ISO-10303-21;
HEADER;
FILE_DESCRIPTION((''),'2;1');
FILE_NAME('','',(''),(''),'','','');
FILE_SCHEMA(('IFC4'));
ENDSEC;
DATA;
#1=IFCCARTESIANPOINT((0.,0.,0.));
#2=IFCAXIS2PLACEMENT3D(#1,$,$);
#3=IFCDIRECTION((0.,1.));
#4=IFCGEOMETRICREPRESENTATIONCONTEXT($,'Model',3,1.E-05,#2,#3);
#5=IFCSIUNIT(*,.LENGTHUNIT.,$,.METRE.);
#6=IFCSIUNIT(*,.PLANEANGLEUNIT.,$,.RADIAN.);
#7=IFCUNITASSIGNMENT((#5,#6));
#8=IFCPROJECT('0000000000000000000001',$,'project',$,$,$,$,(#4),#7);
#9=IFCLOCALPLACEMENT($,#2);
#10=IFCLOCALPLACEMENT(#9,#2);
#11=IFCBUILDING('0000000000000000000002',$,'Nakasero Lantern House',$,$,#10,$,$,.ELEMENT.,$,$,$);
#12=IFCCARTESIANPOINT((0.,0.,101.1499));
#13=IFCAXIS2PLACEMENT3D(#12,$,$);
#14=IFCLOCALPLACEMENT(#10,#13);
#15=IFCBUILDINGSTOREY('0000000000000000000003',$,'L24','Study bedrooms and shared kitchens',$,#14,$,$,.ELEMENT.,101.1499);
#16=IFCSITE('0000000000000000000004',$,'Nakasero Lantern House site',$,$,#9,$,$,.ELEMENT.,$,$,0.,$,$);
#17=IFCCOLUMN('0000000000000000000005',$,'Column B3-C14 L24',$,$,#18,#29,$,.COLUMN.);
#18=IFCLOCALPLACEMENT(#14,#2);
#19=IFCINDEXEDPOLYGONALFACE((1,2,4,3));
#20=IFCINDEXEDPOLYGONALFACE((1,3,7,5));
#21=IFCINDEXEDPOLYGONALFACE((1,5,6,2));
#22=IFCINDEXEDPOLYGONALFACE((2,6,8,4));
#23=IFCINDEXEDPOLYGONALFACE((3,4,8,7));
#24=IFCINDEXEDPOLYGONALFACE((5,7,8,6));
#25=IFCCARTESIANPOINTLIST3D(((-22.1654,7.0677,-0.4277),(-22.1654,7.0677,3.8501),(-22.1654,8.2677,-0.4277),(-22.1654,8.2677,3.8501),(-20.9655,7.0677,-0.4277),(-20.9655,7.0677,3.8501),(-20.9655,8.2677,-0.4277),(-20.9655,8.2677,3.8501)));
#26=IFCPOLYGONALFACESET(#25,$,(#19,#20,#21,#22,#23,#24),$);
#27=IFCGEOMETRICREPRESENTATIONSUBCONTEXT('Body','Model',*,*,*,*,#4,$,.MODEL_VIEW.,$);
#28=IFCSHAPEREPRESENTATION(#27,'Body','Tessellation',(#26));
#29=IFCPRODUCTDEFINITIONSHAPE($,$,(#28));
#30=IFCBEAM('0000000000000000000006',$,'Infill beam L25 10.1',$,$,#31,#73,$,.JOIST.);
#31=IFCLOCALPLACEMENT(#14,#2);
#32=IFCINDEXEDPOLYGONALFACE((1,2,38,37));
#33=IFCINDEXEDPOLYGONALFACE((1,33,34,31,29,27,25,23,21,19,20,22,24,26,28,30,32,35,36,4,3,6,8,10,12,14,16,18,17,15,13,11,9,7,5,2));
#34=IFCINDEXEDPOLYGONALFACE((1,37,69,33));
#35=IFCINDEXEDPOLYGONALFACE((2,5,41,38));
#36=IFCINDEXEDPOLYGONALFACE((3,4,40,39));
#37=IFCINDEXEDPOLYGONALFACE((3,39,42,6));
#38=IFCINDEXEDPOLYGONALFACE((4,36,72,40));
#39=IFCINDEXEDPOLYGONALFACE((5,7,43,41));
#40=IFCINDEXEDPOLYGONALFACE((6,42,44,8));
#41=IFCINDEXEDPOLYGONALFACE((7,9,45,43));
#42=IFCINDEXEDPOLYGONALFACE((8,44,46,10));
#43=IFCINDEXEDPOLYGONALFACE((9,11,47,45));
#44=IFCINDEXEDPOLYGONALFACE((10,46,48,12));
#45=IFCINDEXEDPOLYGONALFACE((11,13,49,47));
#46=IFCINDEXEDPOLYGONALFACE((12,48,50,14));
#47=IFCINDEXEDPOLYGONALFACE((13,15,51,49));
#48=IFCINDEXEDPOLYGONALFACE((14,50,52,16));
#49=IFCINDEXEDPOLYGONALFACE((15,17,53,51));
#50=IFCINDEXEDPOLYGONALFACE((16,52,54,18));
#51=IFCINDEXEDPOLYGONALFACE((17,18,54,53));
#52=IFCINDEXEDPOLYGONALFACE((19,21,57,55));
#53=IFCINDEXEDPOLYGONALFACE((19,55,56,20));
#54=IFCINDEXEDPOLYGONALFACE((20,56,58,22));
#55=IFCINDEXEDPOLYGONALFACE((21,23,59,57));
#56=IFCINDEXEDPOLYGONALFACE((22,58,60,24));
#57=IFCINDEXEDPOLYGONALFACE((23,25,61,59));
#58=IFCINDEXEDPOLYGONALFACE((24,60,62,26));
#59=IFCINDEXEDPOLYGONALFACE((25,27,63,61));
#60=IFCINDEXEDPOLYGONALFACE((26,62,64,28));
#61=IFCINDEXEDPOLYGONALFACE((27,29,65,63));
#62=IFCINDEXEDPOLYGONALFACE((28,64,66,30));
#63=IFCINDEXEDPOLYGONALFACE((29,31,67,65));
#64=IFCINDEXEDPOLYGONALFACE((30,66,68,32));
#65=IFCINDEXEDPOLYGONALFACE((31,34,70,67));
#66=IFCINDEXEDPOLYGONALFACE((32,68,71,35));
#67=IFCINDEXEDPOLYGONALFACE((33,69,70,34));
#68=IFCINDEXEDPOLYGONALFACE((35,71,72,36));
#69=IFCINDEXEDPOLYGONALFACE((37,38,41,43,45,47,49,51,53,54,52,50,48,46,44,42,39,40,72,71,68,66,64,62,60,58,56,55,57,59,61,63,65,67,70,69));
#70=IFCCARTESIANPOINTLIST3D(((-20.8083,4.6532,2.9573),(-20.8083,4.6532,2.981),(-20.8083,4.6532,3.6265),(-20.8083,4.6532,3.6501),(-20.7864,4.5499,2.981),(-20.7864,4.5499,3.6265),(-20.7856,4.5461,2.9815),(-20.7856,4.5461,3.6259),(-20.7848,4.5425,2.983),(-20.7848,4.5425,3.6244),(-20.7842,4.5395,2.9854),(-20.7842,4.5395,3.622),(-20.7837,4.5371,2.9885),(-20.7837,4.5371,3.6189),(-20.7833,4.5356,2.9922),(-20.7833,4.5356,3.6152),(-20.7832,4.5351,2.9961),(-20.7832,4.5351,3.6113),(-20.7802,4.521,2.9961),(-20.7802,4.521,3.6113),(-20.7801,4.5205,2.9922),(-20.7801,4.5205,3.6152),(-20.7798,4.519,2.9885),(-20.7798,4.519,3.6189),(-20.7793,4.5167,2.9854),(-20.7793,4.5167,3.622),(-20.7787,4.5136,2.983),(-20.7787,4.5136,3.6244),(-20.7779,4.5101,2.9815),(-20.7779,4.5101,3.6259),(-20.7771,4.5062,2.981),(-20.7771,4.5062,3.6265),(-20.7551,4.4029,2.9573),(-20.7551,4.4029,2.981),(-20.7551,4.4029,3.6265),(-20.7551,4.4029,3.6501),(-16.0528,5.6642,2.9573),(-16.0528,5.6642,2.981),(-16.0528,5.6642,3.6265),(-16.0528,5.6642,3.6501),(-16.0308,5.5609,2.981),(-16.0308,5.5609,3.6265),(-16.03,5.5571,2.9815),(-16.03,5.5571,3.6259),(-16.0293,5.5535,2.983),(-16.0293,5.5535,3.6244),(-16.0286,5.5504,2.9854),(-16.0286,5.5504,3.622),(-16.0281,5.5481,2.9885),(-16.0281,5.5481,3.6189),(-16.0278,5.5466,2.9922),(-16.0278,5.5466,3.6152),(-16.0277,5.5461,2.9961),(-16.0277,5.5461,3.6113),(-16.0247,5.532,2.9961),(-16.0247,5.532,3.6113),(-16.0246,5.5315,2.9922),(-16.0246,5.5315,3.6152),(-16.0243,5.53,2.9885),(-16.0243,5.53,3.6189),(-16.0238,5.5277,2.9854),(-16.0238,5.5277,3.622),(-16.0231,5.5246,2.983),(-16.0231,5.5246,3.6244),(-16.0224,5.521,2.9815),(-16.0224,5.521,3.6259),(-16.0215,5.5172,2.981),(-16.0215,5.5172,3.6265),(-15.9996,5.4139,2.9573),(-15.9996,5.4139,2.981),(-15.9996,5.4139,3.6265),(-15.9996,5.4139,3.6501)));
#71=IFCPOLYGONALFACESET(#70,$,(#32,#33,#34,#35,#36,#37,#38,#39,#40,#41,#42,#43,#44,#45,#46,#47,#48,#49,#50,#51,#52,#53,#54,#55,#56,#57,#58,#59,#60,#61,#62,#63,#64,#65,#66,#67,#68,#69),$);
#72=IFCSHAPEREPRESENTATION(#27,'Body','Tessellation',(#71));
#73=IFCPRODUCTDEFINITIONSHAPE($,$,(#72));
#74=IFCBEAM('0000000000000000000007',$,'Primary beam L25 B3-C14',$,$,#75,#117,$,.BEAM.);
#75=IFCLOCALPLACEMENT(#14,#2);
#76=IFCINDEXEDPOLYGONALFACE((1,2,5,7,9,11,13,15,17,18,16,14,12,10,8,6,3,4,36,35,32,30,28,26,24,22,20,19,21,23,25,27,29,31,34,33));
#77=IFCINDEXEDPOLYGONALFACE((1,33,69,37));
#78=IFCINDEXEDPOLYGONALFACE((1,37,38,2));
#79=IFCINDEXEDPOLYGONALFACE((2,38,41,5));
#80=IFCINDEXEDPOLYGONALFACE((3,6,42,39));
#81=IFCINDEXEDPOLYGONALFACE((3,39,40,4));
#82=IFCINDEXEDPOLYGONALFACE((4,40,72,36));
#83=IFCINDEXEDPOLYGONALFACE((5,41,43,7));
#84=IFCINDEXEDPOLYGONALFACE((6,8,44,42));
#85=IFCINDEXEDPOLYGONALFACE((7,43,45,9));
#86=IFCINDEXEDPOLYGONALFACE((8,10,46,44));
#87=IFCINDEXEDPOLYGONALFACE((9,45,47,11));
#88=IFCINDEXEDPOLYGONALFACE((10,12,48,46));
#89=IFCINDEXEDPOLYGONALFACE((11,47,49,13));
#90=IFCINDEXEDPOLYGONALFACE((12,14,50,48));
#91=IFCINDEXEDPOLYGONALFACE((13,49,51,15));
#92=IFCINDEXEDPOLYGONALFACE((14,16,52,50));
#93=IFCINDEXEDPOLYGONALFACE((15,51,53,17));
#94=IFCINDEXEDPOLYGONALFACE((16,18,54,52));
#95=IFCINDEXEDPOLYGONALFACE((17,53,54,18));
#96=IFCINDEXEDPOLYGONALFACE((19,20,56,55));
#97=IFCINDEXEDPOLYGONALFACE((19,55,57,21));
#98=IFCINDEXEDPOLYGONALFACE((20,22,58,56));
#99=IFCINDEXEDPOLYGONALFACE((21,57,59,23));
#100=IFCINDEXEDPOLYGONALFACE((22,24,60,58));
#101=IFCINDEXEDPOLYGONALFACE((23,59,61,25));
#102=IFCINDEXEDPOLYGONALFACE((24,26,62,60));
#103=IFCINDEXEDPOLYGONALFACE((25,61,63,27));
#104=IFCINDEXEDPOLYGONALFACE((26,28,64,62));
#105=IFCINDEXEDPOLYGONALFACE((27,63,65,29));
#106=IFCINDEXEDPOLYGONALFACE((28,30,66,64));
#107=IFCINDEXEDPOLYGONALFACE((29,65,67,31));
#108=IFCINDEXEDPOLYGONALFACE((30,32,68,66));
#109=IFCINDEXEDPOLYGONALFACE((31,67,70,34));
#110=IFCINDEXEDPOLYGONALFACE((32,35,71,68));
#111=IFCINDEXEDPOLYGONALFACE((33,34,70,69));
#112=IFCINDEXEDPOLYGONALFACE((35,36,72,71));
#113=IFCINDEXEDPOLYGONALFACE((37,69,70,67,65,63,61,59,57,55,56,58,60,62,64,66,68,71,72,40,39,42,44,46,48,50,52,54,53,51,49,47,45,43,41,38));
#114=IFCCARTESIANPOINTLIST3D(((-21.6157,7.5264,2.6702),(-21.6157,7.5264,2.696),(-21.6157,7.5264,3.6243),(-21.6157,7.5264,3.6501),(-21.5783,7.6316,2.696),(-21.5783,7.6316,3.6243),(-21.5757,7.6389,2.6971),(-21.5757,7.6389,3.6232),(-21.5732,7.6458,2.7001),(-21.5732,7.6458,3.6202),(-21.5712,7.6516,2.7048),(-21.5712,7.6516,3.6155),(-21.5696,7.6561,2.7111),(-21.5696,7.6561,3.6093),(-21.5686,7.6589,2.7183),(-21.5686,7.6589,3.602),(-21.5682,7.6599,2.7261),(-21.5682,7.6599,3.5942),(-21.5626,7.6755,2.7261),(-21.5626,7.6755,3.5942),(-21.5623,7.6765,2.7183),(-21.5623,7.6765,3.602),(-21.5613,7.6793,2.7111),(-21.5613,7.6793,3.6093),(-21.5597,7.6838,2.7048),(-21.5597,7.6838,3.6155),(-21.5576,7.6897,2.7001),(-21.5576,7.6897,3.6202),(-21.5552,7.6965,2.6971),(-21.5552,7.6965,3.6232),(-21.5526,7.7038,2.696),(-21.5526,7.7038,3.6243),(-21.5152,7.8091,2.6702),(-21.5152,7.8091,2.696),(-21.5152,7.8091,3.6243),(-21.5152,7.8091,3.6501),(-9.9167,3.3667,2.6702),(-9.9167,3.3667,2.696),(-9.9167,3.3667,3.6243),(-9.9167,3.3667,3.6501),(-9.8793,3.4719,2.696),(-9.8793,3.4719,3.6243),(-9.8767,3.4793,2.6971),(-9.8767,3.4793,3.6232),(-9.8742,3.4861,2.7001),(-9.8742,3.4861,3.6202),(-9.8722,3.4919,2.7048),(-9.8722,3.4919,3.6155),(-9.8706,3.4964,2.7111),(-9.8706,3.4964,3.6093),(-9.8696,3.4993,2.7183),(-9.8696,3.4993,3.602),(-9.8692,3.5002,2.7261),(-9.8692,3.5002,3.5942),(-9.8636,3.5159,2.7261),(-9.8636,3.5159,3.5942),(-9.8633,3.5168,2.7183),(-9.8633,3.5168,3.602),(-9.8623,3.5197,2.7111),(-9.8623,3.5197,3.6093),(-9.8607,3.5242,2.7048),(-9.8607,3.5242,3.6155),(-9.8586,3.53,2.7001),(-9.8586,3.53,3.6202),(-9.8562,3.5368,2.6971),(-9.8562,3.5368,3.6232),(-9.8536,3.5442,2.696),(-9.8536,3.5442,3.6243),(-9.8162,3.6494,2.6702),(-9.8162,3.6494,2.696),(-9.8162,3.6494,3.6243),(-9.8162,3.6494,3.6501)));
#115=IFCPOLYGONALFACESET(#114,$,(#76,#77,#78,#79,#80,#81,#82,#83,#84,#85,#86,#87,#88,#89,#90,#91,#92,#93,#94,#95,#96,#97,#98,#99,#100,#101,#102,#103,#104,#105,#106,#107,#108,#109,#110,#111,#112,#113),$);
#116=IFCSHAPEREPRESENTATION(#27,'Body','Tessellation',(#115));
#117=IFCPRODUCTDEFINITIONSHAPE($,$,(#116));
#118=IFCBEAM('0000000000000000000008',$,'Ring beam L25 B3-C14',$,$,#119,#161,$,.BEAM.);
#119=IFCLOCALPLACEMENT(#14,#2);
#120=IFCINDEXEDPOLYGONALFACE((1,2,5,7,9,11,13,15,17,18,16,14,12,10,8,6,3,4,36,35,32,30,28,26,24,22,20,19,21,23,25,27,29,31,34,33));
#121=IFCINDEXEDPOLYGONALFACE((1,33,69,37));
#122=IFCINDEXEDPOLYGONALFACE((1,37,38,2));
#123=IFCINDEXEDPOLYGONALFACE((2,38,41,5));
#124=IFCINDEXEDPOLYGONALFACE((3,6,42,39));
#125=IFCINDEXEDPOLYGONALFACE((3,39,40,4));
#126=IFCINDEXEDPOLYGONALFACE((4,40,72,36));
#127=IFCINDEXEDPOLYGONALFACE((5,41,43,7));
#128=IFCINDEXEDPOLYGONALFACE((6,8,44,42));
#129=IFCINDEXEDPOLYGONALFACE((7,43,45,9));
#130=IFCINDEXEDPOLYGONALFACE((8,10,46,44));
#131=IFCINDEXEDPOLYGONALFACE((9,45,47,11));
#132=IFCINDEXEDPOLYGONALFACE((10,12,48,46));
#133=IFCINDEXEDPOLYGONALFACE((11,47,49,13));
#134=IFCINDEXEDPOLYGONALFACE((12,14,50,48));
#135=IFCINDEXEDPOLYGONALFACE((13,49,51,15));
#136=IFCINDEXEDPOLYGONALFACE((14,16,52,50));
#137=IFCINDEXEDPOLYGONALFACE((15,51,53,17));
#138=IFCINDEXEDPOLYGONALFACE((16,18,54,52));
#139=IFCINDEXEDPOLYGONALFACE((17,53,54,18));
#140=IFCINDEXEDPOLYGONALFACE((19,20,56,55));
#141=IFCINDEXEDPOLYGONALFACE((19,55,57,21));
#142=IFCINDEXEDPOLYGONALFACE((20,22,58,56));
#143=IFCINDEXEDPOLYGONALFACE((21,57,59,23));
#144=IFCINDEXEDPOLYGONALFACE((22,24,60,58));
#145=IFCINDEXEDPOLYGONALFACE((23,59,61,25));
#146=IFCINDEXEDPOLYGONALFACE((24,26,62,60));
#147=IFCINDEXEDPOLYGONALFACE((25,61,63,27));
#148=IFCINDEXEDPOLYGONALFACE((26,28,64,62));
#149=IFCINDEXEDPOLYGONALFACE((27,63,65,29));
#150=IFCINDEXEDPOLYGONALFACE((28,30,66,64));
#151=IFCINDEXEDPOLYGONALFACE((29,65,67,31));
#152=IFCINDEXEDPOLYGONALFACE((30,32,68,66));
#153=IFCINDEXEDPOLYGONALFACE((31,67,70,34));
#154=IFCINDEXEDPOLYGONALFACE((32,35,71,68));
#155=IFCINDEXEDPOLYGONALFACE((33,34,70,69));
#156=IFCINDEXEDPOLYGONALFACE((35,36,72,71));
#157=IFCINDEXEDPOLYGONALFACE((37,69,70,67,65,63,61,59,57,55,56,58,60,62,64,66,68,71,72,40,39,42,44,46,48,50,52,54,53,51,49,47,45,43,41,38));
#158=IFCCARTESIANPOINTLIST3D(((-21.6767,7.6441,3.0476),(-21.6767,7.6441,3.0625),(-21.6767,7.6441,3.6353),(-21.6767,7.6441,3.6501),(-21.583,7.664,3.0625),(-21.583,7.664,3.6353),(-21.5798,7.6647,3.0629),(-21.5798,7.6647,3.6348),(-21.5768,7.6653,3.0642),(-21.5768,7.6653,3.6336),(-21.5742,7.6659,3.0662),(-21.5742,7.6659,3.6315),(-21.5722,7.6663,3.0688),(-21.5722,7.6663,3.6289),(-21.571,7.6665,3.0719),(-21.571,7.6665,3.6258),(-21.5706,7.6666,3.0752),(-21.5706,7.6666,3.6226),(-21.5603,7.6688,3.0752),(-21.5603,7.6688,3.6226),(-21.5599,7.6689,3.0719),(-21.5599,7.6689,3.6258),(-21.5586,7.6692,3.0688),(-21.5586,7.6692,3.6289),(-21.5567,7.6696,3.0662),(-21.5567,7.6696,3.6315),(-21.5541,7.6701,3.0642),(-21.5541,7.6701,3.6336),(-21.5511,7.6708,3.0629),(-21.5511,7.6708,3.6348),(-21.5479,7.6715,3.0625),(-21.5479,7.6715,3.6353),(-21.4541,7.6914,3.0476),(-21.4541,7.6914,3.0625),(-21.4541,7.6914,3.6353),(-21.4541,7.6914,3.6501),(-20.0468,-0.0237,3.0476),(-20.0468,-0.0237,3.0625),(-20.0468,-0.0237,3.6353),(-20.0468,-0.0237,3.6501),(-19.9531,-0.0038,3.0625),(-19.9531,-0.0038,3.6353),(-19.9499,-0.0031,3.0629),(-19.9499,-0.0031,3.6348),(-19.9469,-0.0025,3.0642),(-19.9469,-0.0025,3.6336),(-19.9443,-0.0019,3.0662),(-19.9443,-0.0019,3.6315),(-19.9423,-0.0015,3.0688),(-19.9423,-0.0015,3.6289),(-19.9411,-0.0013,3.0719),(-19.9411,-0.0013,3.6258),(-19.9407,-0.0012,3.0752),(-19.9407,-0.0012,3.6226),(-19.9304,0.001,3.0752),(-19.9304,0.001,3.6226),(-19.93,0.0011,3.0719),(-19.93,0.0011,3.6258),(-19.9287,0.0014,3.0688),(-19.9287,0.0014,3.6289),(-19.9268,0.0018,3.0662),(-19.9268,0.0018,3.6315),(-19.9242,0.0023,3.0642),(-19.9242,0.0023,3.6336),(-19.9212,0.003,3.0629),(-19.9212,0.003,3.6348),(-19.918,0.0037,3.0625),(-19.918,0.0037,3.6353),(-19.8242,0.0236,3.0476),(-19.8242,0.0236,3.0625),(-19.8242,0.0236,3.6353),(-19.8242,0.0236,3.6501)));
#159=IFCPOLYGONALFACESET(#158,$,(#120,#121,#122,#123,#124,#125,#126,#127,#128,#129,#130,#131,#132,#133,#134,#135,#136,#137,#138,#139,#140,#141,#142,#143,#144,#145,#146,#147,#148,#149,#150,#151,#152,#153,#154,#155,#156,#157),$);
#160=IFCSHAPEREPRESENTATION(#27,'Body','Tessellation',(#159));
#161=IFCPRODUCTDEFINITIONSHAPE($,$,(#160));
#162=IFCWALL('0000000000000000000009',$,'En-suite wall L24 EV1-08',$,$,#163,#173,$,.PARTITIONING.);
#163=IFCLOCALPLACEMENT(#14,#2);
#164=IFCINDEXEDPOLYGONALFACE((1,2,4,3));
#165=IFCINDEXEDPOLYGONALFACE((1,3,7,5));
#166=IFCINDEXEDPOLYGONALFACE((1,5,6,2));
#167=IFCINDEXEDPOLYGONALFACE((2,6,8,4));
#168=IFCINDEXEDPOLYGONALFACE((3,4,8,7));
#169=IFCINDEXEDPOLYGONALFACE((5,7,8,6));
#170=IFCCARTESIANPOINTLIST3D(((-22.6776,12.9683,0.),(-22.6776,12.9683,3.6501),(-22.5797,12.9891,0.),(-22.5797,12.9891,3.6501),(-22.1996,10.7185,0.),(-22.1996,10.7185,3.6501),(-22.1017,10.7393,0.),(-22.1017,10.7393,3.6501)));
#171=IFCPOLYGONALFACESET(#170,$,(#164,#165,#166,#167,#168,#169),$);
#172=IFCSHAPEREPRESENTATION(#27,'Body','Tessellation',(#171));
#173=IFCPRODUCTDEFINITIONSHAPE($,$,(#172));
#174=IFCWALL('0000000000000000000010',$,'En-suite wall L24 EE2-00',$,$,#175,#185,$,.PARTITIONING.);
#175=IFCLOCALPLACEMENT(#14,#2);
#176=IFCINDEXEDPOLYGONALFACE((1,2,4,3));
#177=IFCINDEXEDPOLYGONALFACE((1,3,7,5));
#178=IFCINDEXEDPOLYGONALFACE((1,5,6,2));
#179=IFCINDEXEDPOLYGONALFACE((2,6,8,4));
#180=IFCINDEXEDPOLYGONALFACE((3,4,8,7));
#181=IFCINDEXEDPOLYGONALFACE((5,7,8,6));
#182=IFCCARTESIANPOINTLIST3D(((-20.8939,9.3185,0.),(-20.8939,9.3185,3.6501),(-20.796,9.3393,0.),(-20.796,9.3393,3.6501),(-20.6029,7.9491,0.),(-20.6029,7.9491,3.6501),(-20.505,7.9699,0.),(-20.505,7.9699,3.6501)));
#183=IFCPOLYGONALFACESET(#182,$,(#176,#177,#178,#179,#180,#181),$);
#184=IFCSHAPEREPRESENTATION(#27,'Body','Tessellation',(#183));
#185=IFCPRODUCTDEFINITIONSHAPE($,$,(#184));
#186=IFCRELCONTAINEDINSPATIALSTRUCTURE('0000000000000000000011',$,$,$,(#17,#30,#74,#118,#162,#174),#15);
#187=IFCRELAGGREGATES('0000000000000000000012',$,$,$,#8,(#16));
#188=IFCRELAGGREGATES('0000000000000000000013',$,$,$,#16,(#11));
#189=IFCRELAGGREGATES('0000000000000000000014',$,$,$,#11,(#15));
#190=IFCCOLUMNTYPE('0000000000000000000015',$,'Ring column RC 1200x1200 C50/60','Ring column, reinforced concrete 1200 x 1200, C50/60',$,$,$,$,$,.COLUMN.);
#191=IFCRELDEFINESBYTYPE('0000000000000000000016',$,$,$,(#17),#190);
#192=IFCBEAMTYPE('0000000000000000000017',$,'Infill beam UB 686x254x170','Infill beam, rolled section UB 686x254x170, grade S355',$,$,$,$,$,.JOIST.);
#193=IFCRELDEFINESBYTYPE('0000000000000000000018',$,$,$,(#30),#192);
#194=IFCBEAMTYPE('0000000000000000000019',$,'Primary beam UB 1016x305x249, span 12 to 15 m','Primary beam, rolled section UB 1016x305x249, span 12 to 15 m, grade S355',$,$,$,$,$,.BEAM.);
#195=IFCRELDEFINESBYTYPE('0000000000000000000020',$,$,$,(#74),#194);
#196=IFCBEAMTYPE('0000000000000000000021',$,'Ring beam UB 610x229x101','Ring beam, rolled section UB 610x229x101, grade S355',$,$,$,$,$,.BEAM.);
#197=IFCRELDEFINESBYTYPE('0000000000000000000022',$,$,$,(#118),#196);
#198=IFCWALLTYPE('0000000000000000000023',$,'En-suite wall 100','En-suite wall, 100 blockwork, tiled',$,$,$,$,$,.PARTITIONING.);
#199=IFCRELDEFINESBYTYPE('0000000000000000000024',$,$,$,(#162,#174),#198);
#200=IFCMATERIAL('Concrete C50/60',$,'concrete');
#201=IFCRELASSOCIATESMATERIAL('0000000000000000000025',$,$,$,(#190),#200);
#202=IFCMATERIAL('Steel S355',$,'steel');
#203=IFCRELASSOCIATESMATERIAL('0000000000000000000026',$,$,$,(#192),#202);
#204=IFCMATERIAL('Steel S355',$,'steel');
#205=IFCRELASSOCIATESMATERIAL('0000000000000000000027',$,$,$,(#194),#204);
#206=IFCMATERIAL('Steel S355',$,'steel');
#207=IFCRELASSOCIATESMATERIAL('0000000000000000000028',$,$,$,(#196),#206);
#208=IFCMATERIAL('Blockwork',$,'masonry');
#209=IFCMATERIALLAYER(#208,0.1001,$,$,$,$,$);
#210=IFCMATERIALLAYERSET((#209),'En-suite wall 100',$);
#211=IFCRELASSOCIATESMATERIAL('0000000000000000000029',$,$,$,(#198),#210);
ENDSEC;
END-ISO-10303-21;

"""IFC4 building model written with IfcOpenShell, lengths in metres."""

from ifc_helpers import new_model, si_unit, direction, frame, frame_2d, origin, origin_2d, place, context, subcontext, project, spatial, rectangle, i_section, extrude, material, layer, layer_set, material_profile, profile_set, type_object, element, save


model = new_model("IFC4")

# Units and contexts
model_context = context("Model", 3, precision=1e-05, world=origin(), true_north=direction((0.0, 1.0)))
body_context = subcontext(model_context, "Body", "Model", "MODEL_VIEW")
ifc_project = project(units=[si_unit("LENGTHUNIT", "METRE"), si_unit("PLANEANGLEUNIT", "RADIAN")], contexts=[model_context])

# Site, building, storey
site_placement = place(None, origin())
site = spatial("IfcSite", under=ifc_project, at=site_placement, Name="Nakasero Lantern House site", CompositionType="ELEMENT", RefElevation=0.0)
building_placement = place(site_placement, origin())
building = spatial("IfcBuilding", under=site, at=building_placement, Name="Nakasero Lantern House", CompositionType="ELEMENT")
storey_placement = place(building_placement, frame((0.0, 0.0, 101.1499)))
storey = spatial("IfcBuildingStorey", under=building, at=storey_placement, Name="L24", Description="Study bedrooms and shared kitchens", CompositionType="ELEMENT", Elevation=101.1499)

# Column
ifc_material_1 = material(Name="Concrete C50/60", Category="concrete")
ifc_material_profile_1 = material_profile(ifc_material_1, rectangle(XDim=1.2, YDim=1.2, at=origin_2d()), Name="RC 1200x1200")
ifc_profile_set_1 = profile_set([ifc_material_profile_1], Name="Concrete C50/60")
column_type = type_object("IfcColumnType", Name="Ring column RC 1200x1200 C50/60", Description="Ring column, reinforced concrete 1200 x 1200, C50/60", PredefinedType="COLUMN", material=ifc_profile_set_1)
column_placement = place(storey_placement, frame((-21.5654, 7.6677, -0.4277), z_axis=(0.0, 0.0, 1.0), x_axis=(1.0, 0.0, 0.0)))
element("IfcColumn", 1, at=column_placement, inside=storey, type_object=column_type, Name="Column B3-C14 L24", PredefinedType="COLUMN", context=body_context, shape_type="SweptSolid", body=[
    extrude(rectangle(XDim=1.2, YDim=1.2, at=origin_2d()), origin(), (0.0, 0.0, 1.0), 4.2778),
])

# Beams
ifc_material_2 = material(Name="Steel S355", Category="steel")
ifc_material_profile_2 = material_profile(ifc_material_2, i_section(OverallWidth=0.2559, OverallDepth=0.6929, WebThickness=0.0144, FlangeThickness=0.0237, FilletRadius=0.0151, at=origin_2d()), Name="UB 686x254x170")
ifc_profile_set_2 = profile_set([ifc_material_profile_2], Name="Steel S355")
beam_type_1 = type_object("IfcBeamType", Name="Infill beam UB 686x254x170", Description="Infill beam, rolled section UB 686x254x170, grade S355", PredefinedType="JOIST", material=ifc_profile_set_2)
beam_1_placement = place(storey_placement, frame((-20.7817, 4.5281, 3.3037), z_axis=(0.978141, 0.207941, 0.0), x_axis=(-0.207941, 0.978141, 0.0)))
element("IfcBeam", 2, at=beam_1_placement, inside=storey, type_object=beam_type_1, Name="Infill beam L25 10.1", PredefinedType="JOIST", context=body_context, shape_type="SweptSolid", body=[
    extrude(i_section(OverallWidth=0.2559, OverallDepth=0.6929, WebThickness=0.0144, FlangeThickness=0.0237, FilletRadius=0.0151, at=origin_2d()), origin(), (0.0, 0.0, 1.0), 4.8618),
])
ifc_material_3 = material(Name="Steel S355", Category="steel")
ifc_material_profile_3 = material_profile(ifc_material_3, i_section(OverallWidth=0.3, OverallDepth=0.98, WebThickness=0.0166, FlangeThickness=0.0259, FilletRadius=0.03, at=origin_2d()), Name="UB 1016x305x249")
ifc_profile_set_3 = profile_set([ifc_material_profile_3], Name="Steel S355")
beam_type_2 = type_object("IfcBeamType", Name="Primary beam UB 1016x305x249, span 12 to 15 m", Description="Primary beam, rolled section UB 1016x305x249, span 12 to 15 m, grade S355", PredefinedType="BEAM", material=ifc_profile_set_3)
beam_2_placement = place(storey_placement, frame((-21.5654, 7.6677, 3.1602), z_axis=(0.942214, -0.335012, 0.0), x_axis=(0.335012, 0.942214, 0.0)))
element("IfcBeam", 3, at=beam_2_placement, inside=storey, type_object=beam_type_2, Name="Primary beam L25 B3-C14", PredefinedType="BEAM", context=body_context, shape_type="SweptSolid", body=[
    extrude(i_section(OverallWidth=0.3, OverallDepth=0.98, WebThickness=0.0166, FlangeThickness=0.0259, FilletRadius=0.03, at=origin_2d()), origin(), (0.0, 0.0, 1.0), 12.4165),
])
ifc_material_4 = material(Name="Steel S355", Category="steel")
ifc_material_profile_4 = material_profile(ifc_material_4, i_section(OverallWidth=0.2275, OverallDepth=0.6025, WebThickness=0.0105, FlangeThickness=0.0149, FilletRadius=0.0127, at=origin_2d()), Name="UB 610x229x101")
ifc_profile_set_4 = profile_set([ifc_material_profile_4], Name="Steel S355")
beam_type_3 = type_object("IfcBeamType", Name="Ring beam UB 610x229x101", Description="Ring beam, rolled section UB 610x229x101, grade S355", PredefinedType="BEAM", material=ifc_profile_set_4)
beam_3_placement = place(storey_placement, frame((-21.5654, 7.6677, 3.3489), z_axis=(0.207919, -0.978146, 0.0), x_axis=(0.978146, 0.207919, 0.0)))
element("IfcBeam", 4, at=beam_3_placement, inside=storey, type_object=beam_type_3, Name="Ring beam L25 B3-C14", PredefinedType="BEAM", context=body_context, shape_type="SweptSolid", body=[
    extrude(i_section(OverallWidth=0.2275, OverallDepth=0.6025, WebThickness=0.0105, FlangeThickness=0.0149, FilletRadius=0.0127, at=origin_2d()), origin(), (0.0, 0.0, 1.0), 7.8391),
])

# Walls
ifc_material_5 = material(Name="Blockwork", Category="masonry")
ifc_layer_1 = layer(ifc_material_5, 0.1001)
ifc_layer_set_1 = layer_set([ifc_layer_1], Name="En-suite wall 100")
wall_type_1 = type_object("IfcWallType", Name="En-suite wall 100", Description="En-suite wall, 100 blockwork, tiled", PredefinedType="PARTITIONING", material=ifc_layer_set_1)
wall_1_placement = place(storey_placement, frame((-22.1506, 10.729, 0.0), z_axis=(0.0, 0.0, 1.0), x_axis=(-0.20784, 0.978163, 0.0)))
element("IfcWall", 5, at=wall_1_placement, inside=storey, type_object=wall_type_1, Name="En-suite wall L24 EV1-08", PredefinedType="PARTITIONING", context=body_context, shape_type="SweptSolid", body=[
    extrude(rectangle(XDim=2.3, YDim=0.1001, at=frame_2d((1.1499, 0.0))), origin(), (0.0, 0.0, 1.0), 3.6501),
])
wall_2_placement = place(storey_placement, frame((-20.845, 9.3289, 0.0), z_axis=(0.0, 0.0, 1.0), x_axis=(0.207873, -0.978156, 0.0)))
element("IfcWall", 6, at=wall_2_placement, inside=storey, type_object=wall_type_1, Name="En-suite wall L24 EE2-00", PredefinedType="PARTITIONING", context=body_context, shape_type="SweptSolid", body=[
    extrude(rectangle(XDim=1.3999, YDim=0.1001, at=frame_2d((0.7, 0.0))), origin(), (0.0, 0.0, 1.0), 3.6501),
])

save(model, "model.ifc")
